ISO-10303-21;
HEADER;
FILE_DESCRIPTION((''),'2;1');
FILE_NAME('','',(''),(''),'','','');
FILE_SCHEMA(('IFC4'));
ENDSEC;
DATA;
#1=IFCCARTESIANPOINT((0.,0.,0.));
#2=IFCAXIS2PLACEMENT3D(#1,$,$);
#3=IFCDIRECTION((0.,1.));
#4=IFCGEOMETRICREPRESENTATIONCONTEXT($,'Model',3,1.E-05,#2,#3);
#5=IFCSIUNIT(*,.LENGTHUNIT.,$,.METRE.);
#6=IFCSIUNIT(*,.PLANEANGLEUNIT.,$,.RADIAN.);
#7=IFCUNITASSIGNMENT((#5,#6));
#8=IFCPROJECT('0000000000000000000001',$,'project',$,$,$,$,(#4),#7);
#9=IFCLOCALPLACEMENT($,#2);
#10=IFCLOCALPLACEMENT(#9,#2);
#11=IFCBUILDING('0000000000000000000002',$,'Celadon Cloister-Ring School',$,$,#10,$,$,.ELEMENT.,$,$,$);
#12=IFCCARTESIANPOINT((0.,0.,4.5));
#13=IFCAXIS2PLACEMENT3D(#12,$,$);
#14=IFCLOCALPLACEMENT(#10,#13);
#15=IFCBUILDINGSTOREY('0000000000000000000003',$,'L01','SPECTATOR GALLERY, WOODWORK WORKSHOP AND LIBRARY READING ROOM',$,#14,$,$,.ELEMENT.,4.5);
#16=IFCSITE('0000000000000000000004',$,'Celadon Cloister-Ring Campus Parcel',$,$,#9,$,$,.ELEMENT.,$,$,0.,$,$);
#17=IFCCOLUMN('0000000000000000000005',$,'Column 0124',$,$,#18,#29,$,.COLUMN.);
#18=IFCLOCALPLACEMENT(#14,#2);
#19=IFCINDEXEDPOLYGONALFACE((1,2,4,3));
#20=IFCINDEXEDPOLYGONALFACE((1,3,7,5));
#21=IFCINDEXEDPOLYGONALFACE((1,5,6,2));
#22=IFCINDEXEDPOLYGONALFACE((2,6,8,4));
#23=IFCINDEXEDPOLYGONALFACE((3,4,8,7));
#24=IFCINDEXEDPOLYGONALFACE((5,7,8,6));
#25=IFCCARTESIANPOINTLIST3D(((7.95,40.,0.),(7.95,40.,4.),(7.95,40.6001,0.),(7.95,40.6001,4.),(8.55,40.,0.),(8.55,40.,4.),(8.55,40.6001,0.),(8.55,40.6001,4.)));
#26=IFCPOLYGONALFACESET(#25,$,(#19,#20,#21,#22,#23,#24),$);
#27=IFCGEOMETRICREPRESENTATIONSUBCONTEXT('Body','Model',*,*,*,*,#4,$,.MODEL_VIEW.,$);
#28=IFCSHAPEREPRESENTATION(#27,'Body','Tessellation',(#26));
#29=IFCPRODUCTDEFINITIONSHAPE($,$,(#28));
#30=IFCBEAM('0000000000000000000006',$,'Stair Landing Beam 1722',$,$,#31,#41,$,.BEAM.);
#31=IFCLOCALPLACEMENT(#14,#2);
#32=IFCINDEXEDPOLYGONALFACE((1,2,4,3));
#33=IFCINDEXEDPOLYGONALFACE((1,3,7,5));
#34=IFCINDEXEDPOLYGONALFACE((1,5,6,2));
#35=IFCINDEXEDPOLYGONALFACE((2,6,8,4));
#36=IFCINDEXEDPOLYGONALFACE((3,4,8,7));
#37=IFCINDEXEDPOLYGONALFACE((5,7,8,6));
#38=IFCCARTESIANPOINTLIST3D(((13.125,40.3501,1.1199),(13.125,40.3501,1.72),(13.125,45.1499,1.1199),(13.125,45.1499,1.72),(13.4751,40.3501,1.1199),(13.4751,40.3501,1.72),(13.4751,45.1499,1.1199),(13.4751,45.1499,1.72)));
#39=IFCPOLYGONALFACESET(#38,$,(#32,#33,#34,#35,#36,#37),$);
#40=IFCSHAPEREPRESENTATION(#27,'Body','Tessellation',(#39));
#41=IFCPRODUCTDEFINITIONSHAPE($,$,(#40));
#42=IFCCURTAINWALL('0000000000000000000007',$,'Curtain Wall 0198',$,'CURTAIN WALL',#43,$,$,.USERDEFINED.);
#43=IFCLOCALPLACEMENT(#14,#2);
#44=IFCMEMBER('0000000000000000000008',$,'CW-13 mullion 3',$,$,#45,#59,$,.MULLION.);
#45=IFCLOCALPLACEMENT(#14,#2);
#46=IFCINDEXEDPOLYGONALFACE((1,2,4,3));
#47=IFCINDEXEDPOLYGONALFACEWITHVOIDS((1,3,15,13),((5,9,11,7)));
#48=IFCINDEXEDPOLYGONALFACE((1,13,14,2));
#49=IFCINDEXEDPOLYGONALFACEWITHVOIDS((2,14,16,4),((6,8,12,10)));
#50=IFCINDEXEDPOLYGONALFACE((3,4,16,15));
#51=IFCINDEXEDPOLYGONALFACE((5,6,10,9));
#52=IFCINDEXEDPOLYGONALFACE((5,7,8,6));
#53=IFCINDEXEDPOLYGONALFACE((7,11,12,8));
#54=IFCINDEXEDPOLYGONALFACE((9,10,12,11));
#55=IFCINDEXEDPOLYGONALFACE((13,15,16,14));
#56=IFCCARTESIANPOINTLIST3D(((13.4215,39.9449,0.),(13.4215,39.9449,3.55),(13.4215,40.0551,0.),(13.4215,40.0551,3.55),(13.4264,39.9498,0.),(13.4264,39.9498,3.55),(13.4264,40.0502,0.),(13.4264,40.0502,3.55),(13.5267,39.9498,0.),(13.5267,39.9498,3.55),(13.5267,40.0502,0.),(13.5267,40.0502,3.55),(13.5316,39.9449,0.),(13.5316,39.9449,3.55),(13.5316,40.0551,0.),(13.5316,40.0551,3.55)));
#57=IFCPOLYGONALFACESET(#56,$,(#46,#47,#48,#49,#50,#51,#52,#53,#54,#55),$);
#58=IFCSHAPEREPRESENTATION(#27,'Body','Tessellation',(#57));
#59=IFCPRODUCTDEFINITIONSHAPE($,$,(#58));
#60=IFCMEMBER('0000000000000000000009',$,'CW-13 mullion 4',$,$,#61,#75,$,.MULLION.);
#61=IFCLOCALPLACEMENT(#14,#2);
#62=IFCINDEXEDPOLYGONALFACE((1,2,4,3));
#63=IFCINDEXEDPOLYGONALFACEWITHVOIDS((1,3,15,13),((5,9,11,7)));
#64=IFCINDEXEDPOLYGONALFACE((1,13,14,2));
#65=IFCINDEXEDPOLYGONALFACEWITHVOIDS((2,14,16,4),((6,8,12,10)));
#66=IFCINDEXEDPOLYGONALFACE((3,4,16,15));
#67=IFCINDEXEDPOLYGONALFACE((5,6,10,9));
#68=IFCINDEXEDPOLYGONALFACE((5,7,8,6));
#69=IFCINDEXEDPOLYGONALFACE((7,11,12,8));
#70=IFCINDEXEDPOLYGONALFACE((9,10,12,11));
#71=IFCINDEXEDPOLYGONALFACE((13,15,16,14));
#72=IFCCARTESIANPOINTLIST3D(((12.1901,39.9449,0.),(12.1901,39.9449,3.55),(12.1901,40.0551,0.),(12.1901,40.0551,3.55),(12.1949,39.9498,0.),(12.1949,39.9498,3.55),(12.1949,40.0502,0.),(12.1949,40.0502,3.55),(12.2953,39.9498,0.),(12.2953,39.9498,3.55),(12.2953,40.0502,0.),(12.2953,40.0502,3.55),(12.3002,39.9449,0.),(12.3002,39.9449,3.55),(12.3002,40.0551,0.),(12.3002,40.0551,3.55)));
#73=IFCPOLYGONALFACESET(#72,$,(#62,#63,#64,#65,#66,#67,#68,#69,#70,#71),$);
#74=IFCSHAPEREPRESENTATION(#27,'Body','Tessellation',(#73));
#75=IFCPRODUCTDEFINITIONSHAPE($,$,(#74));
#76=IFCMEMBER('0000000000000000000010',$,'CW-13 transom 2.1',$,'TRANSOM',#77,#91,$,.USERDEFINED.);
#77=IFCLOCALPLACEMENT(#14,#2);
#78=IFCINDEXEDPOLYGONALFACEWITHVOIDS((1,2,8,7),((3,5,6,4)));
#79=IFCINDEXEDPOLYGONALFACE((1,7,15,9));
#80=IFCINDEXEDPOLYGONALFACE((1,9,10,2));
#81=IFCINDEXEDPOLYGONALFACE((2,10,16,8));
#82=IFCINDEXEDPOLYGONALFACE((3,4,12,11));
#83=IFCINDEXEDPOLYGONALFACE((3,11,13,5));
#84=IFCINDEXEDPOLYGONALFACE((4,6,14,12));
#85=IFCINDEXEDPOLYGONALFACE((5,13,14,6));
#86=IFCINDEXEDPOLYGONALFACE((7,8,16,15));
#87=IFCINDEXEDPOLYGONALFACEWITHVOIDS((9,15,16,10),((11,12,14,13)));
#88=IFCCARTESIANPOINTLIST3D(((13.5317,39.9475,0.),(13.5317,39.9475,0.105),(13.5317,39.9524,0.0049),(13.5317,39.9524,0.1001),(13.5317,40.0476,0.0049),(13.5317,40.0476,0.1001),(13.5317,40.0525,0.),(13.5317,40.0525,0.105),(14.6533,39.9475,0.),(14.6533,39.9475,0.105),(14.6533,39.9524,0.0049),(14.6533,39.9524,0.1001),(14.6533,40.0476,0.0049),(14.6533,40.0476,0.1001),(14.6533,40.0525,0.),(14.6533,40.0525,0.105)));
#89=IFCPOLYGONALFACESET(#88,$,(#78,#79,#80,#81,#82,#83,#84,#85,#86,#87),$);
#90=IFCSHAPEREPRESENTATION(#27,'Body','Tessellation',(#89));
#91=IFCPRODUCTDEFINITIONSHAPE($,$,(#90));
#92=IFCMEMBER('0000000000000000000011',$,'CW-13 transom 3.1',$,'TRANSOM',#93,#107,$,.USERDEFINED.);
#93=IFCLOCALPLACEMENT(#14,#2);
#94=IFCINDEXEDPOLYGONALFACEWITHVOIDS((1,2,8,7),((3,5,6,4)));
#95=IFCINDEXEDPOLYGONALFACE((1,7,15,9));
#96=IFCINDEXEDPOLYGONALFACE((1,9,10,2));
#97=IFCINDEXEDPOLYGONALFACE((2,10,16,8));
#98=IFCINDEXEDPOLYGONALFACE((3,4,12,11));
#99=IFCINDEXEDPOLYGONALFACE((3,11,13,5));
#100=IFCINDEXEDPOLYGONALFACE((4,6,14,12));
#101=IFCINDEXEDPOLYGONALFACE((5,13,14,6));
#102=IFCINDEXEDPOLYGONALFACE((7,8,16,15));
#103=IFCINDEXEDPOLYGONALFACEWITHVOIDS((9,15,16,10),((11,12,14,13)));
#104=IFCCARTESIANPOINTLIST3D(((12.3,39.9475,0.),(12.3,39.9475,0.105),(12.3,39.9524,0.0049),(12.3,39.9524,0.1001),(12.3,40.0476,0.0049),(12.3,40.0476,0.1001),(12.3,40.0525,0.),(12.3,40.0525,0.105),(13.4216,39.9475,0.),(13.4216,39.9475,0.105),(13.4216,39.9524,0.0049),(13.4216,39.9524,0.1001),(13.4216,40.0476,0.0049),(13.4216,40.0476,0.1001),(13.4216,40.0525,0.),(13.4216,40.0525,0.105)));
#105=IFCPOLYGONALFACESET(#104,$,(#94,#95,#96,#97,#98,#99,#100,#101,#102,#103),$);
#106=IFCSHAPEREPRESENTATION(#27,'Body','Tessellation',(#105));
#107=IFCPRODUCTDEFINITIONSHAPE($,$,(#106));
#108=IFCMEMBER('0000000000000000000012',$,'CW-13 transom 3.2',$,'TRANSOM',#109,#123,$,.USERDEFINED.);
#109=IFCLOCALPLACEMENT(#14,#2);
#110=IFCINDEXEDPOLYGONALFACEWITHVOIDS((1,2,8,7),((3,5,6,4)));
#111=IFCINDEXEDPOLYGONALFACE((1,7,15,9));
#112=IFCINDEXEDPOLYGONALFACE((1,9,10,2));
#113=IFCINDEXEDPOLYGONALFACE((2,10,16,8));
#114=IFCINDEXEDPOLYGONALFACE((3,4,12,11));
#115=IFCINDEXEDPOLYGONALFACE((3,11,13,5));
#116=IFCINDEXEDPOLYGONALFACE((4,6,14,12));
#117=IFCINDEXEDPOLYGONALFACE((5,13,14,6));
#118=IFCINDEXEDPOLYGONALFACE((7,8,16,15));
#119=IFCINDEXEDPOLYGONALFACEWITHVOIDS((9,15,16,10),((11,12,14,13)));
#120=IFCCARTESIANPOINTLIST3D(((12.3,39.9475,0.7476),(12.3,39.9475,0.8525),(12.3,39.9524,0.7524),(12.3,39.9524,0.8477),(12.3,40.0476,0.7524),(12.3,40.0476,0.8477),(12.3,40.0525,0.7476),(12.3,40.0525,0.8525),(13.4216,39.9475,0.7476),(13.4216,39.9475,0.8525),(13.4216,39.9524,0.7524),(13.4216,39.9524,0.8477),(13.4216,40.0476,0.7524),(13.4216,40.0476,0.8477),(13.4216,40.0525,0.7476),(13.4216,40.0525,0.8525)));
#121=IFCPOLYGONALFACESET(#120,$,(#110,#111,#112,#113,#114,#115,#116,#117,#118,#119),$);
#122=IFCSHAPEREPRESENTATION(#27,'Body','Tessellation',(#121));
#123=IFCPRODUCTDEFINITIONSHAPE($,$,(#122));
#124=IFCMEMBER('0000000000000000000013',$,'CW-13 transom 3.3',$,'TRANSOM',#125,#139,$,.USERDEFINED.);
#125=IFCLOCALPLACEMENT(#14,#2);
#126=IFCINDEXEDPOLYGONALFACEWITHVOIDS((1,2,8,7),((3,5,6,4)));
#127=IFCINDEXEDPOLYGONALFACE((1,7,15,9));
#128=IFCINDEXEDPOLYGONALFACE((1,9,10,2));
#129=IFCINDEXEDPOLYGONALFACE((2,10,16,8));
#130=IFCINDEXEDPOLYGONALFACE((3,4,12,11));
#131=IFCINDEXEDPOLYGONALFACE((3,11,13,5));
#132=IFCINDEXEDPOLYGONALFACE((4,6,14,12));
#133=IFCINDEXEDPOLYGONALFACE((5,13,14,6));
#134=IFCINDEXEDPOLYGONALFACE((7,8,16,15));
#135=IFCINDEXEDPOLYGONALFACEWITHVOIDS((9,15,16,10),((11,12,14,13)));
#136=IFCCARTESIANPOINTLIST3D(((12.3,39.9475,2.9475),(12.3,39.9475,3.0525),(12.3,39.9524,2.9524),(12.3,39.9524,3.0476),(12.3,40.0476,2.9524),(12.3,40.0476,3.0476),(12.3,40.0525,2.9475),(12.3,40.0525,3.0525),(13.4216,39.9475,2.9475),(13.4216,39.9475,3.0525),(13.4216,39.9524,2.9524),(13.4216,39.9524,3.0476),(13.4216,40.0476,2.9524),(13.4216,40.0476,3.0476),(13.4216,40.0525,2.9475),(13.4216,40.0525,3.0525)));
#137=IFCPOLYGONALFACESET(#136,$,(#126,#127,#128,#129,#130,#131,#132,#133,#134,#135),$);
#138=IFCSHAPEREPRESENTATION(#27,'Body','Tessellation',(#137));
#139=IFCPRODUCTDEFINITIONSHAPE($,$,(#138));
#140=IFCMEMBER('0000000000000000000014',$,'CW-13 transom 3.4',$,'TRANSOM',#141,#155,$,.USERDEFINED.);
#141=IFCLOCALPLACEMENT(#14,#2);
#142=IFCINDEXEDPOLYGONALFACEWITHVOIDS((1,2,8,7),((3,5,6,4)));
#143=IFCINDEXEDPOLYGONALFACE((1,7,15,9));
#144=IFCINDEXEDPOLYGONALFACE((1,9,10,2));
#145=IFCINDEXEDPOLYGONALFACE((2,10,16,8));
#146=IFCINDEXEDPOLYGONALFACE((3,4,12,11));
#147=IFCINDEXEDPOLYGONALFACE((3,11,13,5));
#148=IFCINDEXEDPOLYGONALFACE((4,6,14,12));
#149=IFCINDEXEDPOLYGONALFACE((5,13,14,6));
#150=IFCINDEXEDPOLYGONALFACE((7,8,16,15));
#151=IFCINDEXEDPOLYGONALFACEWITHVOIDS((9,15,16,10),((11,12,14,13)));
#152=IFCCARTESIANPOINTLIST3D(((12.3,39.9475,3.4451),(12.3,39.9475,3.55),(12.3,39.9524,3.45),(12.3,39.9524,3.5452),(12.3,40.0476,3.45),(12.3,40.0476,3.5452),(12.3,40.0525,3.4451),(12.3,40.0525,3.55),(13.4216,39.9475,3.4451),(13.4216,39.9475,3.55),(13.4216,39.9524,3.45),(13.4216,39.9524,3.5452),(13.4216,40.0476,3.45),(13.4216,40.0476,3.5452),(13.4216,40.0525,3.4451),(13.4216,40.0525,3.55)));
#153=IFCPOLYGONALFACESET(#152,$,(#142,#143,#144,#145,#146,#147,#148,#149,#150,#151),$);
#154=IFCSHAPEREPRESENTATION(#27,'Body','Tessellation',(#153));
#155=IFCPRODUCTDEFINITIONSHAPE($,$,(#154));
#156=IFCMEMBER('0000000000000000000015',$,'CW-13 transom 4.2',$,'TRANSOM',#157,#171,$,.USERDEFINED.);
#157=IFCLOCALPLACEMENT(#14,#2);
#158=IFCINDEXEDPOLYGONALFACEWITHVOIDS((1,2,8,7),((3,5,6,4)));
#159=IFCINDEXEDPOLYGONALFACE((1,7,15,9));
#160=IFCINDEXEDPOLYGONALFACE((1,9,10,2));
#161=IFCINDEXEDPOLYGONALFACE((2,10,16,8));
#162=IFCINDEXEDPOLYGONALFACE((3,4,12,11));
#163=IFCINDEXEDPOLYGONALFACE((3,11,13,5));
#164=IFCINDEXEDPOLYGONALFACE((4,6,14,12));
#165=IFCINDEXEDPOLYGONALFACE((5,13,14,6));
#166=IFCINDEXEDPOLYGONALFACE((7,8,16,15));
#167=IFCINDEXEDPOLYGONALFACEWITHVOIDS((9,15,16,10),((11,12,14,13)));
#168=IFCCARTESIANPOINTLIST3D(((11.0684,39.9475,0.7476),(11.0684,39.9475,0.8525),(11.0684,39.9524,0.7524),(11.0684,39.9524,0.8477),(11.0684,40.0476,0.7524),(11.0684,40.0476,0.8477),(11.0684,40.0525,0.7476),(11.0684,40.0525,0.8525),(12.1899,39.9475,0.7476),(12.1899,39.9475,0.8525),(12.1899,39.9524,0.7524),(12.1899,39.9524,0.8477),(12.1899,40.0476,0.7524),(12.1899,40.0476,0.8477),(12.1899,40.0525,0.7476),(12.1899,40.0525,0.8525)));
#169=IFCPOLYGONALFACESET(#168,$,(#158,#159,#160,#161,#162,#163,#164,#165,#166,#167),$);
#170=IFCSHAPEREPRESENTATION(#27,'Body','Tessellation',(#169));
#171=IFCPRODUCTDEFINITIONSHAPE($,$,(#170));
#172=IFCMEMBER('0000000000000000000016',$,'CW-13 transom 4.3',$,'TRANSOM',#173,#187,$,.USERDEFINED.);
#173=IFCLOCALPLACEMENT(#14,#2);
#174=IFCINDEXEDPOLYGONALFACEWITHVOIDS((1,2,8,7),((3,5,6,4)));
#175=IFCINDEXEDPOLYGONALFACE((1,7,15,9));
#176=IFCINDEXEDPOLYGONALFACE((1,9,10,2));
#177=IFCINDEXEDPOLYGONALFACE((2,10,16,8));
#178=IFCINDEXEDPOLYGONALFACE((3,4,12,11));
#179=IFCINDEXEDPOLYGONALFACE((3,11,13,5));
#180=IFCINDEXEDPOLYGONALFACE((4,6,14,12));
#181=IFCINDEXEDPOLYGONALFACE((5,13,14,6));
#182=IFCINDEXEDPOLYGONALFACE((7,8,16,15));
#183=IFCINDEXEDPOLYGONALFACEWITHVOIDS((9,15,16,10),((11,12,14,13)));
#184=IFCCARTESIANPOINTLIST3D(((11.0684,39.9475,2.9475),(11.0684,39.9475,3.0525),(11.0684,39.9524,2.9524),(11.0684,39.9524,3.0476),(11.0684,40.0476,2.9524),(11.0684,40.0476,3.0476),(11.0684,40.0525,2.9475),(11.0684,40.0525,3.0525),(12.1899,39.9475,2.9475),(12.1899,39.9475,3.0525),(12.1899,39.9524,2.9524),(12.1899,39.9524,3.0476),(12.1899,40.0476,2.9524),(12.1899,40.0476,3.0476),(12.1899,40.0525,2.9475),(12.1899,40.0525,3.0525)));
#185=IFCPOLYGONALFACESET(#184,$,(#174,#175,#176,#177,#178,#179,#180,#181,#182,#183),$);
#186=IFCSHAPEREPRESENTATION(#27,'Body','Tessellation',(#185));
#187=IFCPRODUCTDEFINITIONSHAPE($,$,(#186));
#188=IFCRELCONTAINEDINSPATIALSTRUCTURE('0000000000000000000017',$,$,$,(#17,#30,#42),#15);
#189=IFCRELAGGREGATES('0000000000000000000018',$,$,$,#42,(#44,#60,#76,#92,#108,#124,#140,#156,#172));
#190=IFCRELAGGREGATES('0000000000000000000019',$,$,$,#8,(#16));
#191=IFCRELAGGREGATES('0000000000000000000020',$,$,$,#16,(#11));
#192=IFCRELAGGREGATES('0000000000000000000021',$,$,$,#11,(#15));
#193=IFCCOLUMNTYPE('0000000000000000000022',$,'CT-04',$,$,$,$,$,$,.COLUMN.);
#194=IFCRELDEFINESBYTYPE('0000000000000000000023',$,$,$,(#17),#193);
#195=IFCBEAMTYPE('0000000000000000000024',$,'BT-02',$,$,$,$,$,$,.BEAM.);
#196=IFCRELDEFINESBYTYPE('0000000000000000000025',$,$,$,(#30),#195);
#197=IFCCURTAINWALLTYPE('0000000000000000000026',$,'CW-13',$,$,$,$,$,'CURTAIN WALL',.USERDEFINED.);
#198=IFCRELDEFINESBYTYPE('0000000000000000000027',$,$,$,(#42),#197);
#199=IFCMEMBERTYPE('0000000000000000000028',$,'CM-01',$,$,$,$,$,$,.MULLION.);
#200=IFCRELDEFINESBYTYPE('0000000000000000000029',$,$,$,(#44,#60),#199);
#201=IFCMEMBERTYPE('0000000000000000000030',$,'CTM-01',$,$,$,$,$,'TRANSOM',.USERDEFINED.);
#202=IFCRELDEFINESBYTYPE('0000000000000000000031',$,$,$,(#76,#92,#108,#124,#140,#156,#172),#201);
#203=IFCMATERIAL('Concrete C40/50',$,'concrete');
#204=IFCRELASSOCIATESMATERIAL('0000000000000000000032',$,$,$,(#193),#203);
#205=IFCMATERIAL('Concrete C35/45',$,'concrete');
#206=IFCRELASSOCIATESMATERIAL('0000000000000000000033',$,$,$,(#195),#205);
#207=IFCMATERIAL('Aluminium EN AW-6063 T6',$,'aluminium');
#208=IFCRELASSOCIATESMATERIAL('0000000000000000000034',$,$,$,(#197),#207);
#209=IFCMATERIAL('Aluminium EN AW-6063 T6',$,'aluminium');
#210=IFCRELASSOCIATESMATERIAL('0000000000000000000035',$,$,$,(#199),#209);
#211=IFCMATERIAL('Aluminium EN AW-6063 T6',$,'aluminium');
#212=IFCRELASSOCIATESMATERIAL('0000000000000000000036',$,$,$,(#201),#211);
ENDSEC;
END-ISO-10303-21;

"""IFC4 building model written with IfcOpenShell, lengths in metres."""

from ifc_helpers import new_model, si_unit, direction, frame, origin, origin_2d, place, context, subcontext, project, spatial, rectangle, hollow_rectangle, extrude, material, material_profile, profile_set, type_object, element, aggregate, save


model = new_model("IFC4")

# Units and contexts
model_context = context("Model", 3, precision=1e-05, world=origin(), true_north=direction((0.0, 1.0)))
body_context = subcontext(model_context, "Body", "Model", "MODEL_VIEW")
ifc_project = project(units=[si_unit("LENGTHUNIT", "METRE"), si_unit("PLANEANGLEUNIT", "RADIAN")], contexts=[model_context])

# Site, building, storey
site_placement = place(None, origin())
site = spatial("IfcSite", under=ifc_project, at=site_placement, Name="Celadon Cloister-Ring Campus Parcel", CompositionType="ELEMENT", RefElevation=0.0)
building_placement = place(site_placement, origin())
building = spatial("IfcBuilding", under=site, at=building_placement, Name="Celadon Cloister-Ring School", CompositionType="ELEMENT")
storey_placement = place(building_placement, frame((0.0, 0.0, 4.5)))
storey = spatial("IfcBuildingStorey", under=building, at=storey_placement, Name="L01", Description="SPECTATOR GALLERY, WOODWORK WORKSHOP AND LIBRARY READING ROOM", CompositionType="ELEMENT", Elevation=4.5)

# Column
ifc_material_1 = material(Name="Concrete C40/50", Category="concrete")
ifc_material_profile_1 = material_profile(ifc_material_1, rectangle(XDim=0.6001, YDim=0.6001, at=origin_2d()), Name="RC600X600")
ifc_profile_set_1 = profile_set([ifc_material_profile_1], Name="Concrete C40/50")
column_type = type_object("IfcColumnType", Name="CT-04", PredefinedType="COLUMN", material=ifc_profile_set_1)
column_placement = place(storey_placement, frame((8.25, 40.3, 0.0), z_axis=(0.0, 0.0, 1.0), x_axis=(1.0, 0.0, 0.0)))
element("IfcColumn", 1, at=column_placement, inside=storey, type_object=column_type, Name="Column 0124", PredefinedType="COLUMN", context=body_context, shape_type="SweptSolid", body=[
    extrude(rectangle(XDim=0.6001, YDim=0.6001, at=origin_2d()), origin(), (0.0, 0.0, 1.0), 4.0),
])

# Beam
ifc_material_2 = material(Name="Concrete C35/45", Category="concrete")
ifc_material_profile_2 = material_profile(ifc_material_2, rectangle(XDim=0.3501, YDim=0.6001, at=origin_2d()), Name="RC350X600")
ifc_profile_set_2 = profile_set([ifc_material_profile_2], Name="Concrete C35/45")
beam_type = type_object("IfcBeamType", Name="BT-02", PredefinedType="BEAM", material=ifc_profile_set_2)
beam_placement = place(storey_placement, frame((13.3, 40.3501, 1.4199), z_axis=(0.0, 1.0, 0.0), x_axis=(-1.0, 0.0, 0.0)))
element("IfcBeam", 2, at=beam_placement, inside=storey, type_object=beam_type, Name="Stair Landing Beam 1722", PredefinedType="BEAM", context=body_context, shape_type="SweptSolid", body=[
    extrude(rectangle(XDim=0.3501, YDim=0.6001, at=origin_2d()), origin(), (0.0, 0.0, 1.0), 4.7998),
])

# Curtain wall, members
ifc_material_3 = material(Name="Aluminium EN AW-6063 T6", Category="aluminium")
curtain_wall_type = type_object("IfcCurtainWallType", Name="CW-13", ElementType="CURTAIN WALL", PredefinedType="USERDEFINED", material=ifc_material_3)
curtain_wall_placement = place(storey_placement, origin())
curtain_wall = element("IfcCurtainWall", 3, at=curtain_wall_placement, inside=storey, type_object=curtain_wall_type, Name="Curtain Wall 0198", ObjectType="CURTAIN WALL", PredefinedType="USERDEFINED")
ifc_material_4 = material(Name="Aluminium EN AW-6063 T6", Category="aluminium")
ifc_material_profile_3 = material_profile(ifc_material_4, hollow_rectangle(XDim=0.1101, YDim=0.1101, WallThickness=0.0049, at=origin_2d()), Name="RHS110X110X5")
ifc_profile_set_3 = profile_set([ifc_material_profile_3], Name="Aluminium EN AW-6063 T6")
member_type_1 = type_object("IfcMemberType", Name="CM-01", PredefinedType="MULLION", material=ifc_profile_set_3)
member_1_placement = place(storey_placement, frame((13.4766, 40.0, 0.0), z_axis=(0.0, 0.0, 1.0), x_axis=(0.0, -1.0, 0.0)))
member_1 = element("IfcMember", 4, at=member_1_placement, type_object=member_type_1, Name="CW-13 mullion 3", PredefinedType="MULLION", context=body_context, shape_type="SweptSolid", body=[
    extrude(hollow_rectangle(XDim=0.1101, YDim=0.1101, WallThickness=0.0049, at=origin_2d()), origin(), (0.0, 0.0, 1.0), 3.55),
])
member_2_placement = place(storey_placement, frame((12.2451, 40.0, 0.0), z_axis=(0.0, 0.0, 1.0), x_axis=(0.0, -1.0, 0.0)))
member_2 = element("IfcMember", 5, at=member_2_placement, type_object=member_type_1, Name="CW-13 mullion 4", PredefinedType="MULLION", context=body_context, shape_type="SweptSolid", body=[
    extrude(hollow_rectangle(XDim=0.1101, YDim=0.1101, WallThickness=0.0049, at=origin_2d()), origin(), (0.0, 0.0, 1.0), 3.55),
])
ifc_material_5 = material(Name="Aluminium EN AW-6063 T6", Category="aluminium")
ifc_material_profile_4 = material_profile(ifc_material_5, hollow_rectangle(XDim=0.105, YDim=0.105, WallThickness=0.0049, at=origin_2d()), Name="RHS105X105X5")
ifc_profile_set_4 = profile_set([ifc_material_profile_4], Name="Aluminium EN AW-6063 T6")
member_type_2 = type_object("IfcMemberType", Name="CTM-01", ElementType="TRANSOM", PredefinedType="USERDEFINED", material=ifc_profile_set_4)
member_3_placement = place(storey_placement, frame((14.6533, 40.0, 0.0525), z_axis=(-1.0, 0.0, 0.0), x_axis=(0.0, -1.0, 0.0)))
member_3 = element("IfcMember", 6, at=member_3_placement, type_object=member_type_2, Name="CW-13 transom 2.1", ObjectType="TRANSOM", PredefinedType="USERDEFINED", context=body_context, shape_type="SweptSolid", body=[
    extrude(hollow_rectangle(XDim=0.105, YDim=0.105, WallThickness=0.0049, at=origin_2d()), origin(), (0.0, 0.0, 1.0), 1.1216),
])
member_4_placement = place(storey_placement, frame((13.4216, 40.0, 0.0525), z_axis=(-1.0, 0.0, 0.0), x_axis=(0.0, -1.0, 0.0)))
member_4 = element("IfcMember", 7, at=member_4_placement, type_object=member_type_2, Name="CW-13 transom 3.1", ObjectType="TRANSOM", PredefinedType="USERDEFINED", context=body_context, shape_type="SweptSolid", body=[
    extrude(hollow_rectangle(XDim=0.105, YDim=0.105, WallThickness=0.0049, at=origin_2d()), origin(), (0.0, 0.0, 1.0), 1.1216),
])
member_5_placement = place(storey_placement, frame((13.4216, 40.0, 0.8), z_axis=(-1.0, 0.0, 0.0), x_axis=(0.0, -1.0, 0.0)))
member_5 = element("IfcMember", 8, at=member_5_placement, type_object=member_type_2, Name="CW-13 transom 3.2", ObjectType="TRANSOM", PredefinedType="USERDEFINED", context=body_context, shape_type="SweptSolid", body=[
    extrude(hollow_rectangle(XDim=0.105, YDim=0.105, WallThickness=0.0049, at=origin_2d()), origin(), (0.0, 0.0, 1.0), 1.1216),
])
member_6_placement = place(storey_placement, frame((13.4216, 40.0, 3.0), z_axis=(-1.0, 0.0, 0.0), x_axis=(0.0, -1.0, 0.0)))
member_6 = element("IfcMember", 9, at=member_6_placement, type_object=member_type_2, Name="CW-13 transom 3.3", ObjectType="TRANSOM", PredefinedType="USERDEFINED", context=body_context, shape_type="SweptSolid", body=[
    extrude(hollow_rectangle(XDim=0.105, YDim=0.105, WallThickness=0.0049, at=origin_2d()), origin(), (0.0, 0.0, 1.0), 1.1216),
])
member_7_placement = place(storey_placement, frame((13.4216, 40.0, 3.4976), z_axis=(-1.0, 0.0, 0.0), x_axis=(0.0, -1.0, 0.0)))
member_7 = element("IfcMember", 10, at=member_7_placement, type_object=member_type_2, Name="CW-13 transom 3.4", ObjectType="TRANSOM", PredefinedType="USERDEFINED", context=body_context, shape_type="SweptSolid", body=[
    extrude(hollow_rectangle(XDim=0.105, YDim=0.105, WallThickness=0.0049, at=origin_2d()), origin(), (0.0, 0.0, 1.0), 1.1216),
])
member_8_placement = place(storey_placement, frame((12.1899, 40.0, 0.8), z_axis=(-1.0, 0.0, 0.0), x_axis=(0.0, -1.0, 0.0)))
member_8 = element("IfcMember", 11, at=member_8_placement, type_object=member_type_2, Name="CW-13 transom 4.2", ObjectType="TRANSOM", PredefinedType="USERDEFINED", context=body_context, shape_type="SweptSolid", body=[
    extrude(hollow_rectangle(XDim=0.105, YDim=0.105, WallThickness=0.0049, at=origin_2d()), origin(), (0.0, 0.0, 1.0), 1.1216),
])
member_9_placement = place(storey_placement, frame((12.1899, 40.0, 3.0), z_axis=(-1.0, 0.0, 0.0), x_axis=(0.0, -1.0, 0.0)))
member_9 = element("IfcMember", 12, at=member_9_placement, type_object=member_type_2, Name="CW-13 transom 4.3", ObjectType="TRANSOM", PredefinedType="USERDEFINED", context=body_context, shape_type="SweptSolid", body=[
    extrude(hollow_rectangle(XDim=0.105, YDim=0.105, WallThickness=0.0049, at=origin_2d()), origin(), (0.0, 0.0, 1.0), 1.1216),
])
aggregate(curtain_wall, [member_1, member_2, member_3, member_4, member_5, member_6, member_7, member_8, member_9])

save(model, "model.ifc")
